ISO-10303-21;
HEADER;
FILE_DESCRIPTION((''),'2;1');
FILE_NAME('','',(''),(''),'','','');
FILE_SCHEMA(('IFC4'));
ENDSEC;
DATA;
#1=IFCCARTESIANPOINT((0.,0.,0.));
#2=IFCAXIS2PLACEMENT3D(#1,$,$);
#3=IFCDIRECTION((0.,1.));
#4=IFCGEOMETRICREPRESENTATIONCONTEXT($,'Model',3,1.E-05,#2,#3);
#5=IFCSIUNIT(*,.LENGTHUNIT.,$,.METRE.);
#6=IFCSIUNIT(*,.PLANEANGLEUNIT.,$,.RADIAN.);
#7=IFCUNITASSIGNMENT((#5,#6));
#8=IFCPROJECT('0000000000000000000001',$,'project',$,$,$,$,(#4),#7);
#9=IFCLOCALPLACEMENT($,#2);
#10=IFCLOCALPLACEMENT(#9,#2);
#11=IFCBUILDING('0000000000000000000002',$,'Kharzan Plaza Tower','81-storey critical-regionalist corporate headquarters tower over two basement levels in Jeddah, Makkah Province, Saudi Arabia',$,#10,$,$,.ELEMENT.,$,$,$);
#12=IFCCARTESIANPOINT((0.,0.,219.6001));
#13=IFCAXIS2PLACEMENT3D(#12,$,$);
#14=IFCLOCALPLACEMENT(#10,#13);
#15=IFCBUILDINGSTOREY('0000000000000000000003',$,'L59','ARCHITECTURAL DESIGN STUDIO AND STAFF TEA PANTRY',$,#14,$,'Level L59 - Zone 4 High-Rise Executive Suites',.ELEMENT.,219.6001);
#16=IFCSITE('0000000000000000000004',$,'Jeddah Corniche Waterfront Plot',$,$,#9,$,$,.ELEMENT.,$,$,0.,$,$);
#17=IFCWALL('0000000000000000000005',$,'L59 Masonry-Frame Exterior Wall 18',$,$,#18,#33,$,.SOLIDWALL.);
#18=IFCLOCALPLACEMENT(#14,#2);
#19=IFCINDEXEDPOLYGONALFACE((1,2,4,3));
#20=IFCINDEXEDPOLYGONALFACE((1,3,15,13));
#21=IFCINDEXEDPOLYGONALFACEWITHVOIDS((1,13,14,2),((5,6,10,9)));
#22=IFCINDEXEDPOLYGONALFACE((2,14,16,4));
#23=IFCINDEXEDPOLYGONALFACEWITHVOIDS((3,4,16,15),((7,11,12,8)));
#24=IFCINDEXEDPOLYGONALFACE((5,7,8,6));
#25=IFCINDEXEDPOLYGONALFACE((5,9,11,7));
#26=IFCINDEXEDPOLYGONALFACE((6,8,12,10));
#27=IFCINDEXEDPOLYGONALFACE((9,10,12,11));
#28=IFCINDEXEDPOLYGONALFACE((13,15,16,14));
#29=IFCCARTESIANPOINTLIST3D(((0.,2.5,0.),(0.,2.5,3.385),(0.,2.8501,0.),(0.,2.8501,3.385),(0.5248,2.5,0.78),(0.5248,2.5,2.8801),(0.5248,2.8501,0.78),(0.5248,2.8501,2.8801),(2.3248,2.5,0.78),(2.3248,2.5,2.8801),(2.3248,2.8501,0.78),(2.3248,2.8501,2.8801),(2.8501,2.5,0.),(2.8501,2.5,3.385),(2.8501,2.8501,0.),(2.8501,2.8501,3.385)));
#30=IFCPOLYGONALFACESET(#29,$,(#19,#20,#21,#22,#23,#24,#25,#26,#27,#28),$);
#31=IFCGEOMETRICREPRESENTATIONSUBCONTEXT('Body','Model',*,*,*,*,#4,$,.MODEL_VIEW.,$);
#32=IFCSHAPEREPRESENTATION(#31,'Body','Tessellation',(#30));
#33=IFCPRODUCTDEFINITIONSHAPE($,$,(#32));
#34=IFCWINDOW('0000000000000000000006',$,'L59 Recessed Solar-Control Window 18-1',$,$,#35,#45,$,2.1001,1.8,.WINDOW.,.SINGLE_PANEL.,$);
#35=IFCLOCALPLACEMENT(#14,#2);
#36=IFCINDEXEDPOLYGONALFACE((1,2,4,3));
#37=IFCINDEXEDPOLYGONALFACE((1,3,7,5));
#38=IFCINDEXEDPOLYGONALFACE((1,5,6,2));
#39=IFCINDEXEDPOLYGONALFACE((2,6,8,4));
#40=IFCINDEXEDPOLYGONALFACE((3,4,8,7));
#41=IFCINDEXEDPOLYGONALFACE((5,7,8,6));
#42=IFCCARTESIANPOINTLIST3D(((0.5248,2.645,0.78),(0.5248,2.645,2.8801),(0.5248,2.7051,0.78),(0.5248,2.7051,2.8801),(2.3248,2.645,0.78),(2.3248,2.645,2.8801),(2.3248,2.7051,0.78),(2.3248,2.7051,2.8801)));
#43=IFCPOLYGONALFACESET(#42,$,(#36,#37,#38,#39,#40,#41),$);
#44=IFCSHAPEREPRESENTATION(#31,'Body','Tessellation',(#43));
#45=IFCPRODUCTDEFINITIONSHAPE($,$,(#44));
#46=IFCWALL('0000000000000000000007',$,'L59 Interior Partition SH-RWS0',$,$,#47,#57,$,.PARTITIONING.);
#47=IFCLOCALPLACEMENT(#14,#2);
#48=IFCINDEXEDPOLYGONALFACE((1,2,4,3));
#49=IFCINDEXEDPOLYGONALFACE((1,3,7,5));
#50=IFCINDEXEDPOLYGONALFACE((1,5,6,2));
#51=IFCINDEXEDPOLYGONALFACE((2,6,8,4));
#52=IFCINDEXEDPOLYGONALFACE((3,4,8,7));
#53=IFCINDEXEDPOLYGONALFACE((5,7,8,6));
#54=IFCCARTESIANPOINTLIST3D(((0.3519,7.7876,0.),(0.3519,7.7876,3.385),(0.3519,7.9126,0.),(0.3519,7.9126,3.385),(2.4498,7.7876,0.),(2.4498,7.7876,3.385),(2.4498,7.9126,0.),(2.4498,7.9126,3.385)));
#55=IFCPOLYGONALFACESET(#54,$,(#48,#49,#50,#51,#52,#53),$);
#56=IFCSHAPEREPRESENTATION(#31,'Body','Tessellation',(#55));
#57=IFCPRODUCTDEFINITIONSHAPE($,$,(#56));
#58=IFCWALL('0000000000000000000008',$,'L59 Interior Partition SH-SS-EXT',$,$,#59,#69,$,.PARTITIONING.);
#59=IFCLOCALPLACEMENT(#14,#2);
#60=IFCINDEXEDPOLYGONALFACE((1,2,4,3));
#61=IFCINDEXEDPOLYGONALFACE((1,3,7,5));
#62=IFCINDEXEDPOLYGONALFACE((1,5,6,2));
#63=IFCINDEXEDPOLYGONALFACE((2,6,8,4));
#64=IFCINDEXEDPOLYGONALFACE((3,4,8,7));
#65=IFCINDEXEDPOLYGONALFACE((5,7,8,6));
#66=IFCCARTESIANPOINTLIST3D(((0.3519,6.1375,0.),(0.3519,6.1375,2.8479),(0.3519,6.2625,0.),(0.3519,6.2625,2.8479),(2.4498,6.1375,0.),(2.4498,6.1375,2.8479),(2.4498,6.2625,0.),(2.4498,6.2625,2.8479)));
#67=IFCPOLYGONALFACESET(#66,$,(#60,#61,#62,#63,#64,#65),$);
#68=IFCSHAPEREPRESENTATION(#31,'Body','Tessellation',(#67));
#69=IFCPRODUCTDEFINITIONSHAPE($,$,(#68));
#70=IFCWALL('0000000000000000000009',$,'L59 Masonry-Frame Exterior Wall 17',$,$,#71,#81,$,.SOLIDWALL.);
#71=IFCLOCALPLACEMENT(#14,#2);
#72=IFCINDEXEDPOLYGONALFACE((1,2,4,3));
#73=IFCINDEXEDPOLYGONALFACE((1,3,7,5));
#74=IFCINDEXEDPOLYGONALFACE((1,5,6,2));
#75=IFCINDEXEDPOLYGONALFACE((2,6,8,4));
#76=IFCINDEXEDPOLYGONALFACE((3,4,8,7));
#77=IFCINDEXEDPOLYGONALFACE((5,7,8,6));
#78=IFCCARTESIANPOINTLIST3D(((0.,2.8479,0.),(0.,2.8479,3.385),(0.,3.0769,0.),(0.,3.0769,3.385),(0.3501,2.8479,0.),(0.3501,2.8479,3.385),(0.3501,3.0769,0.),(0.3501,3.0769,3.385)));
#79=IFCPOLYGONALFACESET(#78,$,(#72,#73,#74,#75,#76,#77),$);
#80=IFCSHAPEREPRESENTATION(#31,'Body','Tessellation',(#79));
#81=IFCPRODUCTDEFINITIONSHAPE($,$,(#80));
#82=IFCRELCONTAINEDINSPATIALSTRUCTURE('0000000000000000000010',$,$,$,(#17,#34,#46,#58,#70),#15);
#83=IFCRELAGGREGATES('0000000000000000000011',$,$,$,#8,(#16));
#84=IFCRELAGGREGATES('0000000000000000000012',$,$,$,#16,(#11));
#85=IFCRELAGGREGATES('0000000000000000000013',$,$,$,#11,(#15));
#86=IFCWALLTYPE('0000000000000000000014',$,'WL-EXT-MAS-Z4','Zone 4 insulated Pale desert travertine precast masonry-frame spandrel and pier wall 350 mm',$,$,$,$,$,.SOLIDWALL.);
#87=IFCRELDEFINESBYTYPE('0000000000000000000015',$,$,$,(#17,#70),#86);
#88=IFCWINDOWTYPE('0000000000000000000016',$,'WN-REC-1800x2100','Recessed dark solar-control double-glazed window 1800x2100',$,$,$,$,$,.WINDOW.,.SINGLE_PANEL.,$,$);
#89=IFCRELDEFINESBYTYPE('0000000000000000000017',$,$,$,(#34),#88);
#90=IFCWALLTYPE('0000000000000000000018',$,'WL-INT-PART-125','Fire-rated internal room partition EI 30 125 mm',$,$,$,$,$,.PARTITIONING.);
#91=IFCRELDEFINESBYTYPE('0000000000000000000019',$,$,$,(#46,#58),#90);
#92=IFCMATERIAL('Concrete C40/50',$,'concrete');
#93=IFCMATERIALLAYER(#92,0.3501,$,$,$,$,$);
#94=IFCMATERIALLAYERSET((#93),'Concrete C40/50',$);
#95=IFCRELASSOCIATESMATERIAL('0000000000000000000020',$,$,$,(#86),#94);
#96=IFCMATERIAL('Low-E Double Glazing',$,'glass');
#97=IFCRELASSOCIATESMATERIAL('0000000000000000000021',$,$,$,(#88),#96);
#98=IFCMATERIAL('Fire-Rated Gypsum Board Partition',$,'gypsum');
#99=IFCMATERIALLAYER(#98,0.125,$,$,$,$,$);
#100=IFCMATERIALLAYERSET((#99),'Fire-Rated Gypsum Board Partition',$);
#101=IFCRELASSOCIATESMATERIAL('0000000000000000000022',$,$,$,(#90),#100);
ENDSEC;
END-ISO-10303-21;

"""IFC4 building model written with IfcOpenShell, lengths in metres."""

from ifc_helpers import new_model, si_unit, direction, frame, frame_2d, origin, place, context, subcontext, project, spatial, rectangle, extrude, source, transform, mapped, material, layer, layer_set, type_object, element, fill, save


model = new_model("IFC4")

# Units and contexts
model_context = context("Model", 3, precision=1e-05, world=origin(), true_north=direction((0.0, 1.0)))
body_context = subcontext(model_context, "Body", "Model", "MODEL_VIEW")
ifc_project = project(units=[si_unit("LENGTHUNIT", "METRE"), si_unit("PLANEANGLEUNIT", "RADIAN")], contexts=[model_context])

# Site, building, storey
site_placement = place(None, origin())
site = spatial("IfcSite", under=ifc_project, at=site_placement, Name="Jeddah Corniche Waterfront Plot", CompositionType="ELEMENT", RefElevation=0.0)
building_placement = place(site_placement, origin())
building = spatial("IfcBuilding", under=site, at=building_placement, Name="Kharzan Plaza Tower", Description="81-storey critical-regionalist corporate headquarters tower over two basement levels in Jeddah, Makkah Province, Saudi Arabia", CompositionType="ELEMENT")
storey_placement = place(building_placement, frame((0.0, 0.0, 219.6001)))
storey = spatial("IfcBuildingStorey", under=building, at=storey_placement, Name="L59", Description="ARCHITECTURAL DESIGN STUDIO AND STAFF TEA PANTRY", LongName="Level L59 - Zone 4 High-Rise Executive Suites", CompositionType="ELEMENT", Elevation=219.6001)

# Shared definitions
ifc_material_1 = material(Name="Concrete C40/50", Category="concrete")

# Wall, opening, window
ifc_layer_1 = layer(ifc_material_1, 0.3501)
ifc_layer_set_1 = layer_set([ifc_layer_1], Name="Concrete C40/50")
wall_type_1 = type_object("IfcWallType", Name="WL-EXT-MAS-Z4", Description="Zone 4 insulated Pale desert travertine precast masonry-frame spandrel and pier wall 350 mm", PredefinedType="SOLIDWALL", material=ifc_layer_set_1)
ifc_material_2 = material(Name="Low-E Double Glazing", Category="glass")
wall_1_placement = place(storey_placement, frame((0.0, 2.675, 0.0), z_axis=(0.0, 0.0, 1.0), x_axis=(1.0, 0.0, 0.0)))
wall_1 = element("IfcWall", 1, at=wall_1_placement, inside=storey, type_object=wall_type_1, Name="L59 Masonry-Frame Exterior Wall 18", PredefinedType="SOLIDWALL", context=body_context, shape_type="SweptSolid", body=[
    extrude(rectangle(XDim=2.8501, YDim=0.3501, at=frame_2d((1.425, 0.0))), origin(), (0.0, 0.0, 1.0), 3.385),
])
opening_1_placement = place(wall_1_placement, frame((0.5249, 0.0, 0.78)))
opening_1 = element("IfcOpeningElement", 2, at=opening_1_placement, cuts=wall_1, PredefinedType="OPENING", context=body_context, shape_type="SweptSolid", body=[
    extrude(rectangle(XDim=1.8, YDim=2.1001, at=frame_2d((0.8999, 1.05))), frame((0.0, 0.1851, 0.0), z_axis=(0.0, -1.0, 0.0), x_axis=(1.0, 0.0, 0.0)), (0.0, 0.0, 1.0), 0.3701),
])
window_type_1 = type_object("IfcWindowType", Name="WN-REC-1800x2100", Description="Recessed dark solar-control double-glazed window 1800x2100", PartitioningType="SINGLE_PANEL", PredefinedType="WINDOW", material=ifc_material_2)
shared_shape_1 = source(origin(), body_context, "Body", "SweptSolid", [
    extrude(rectangle(XDim=1.8, YDim=2.1001, at=frame_2d((0.8999, 1.05))), frame((0.0, 0.03, 0.0), z_axis=(0.0, -1.0, 0.0), x_axis=(1.0, 0.0, 0.0)), (0.0, 0.0, 1.0), 0.0601),
])
window_1_placement = place(opening_1_placement, origin())
window_1 = element("IfcWindow", 3, at=window_1_placement, inside=storey, type_object=window_type_1, Name="L59 Recessed Solar-Control Window 18-1", OverallHeight=2.1001, OverallWidth=1.8, PartitioningType="SINGLE_PANEL", PredefinedType="WINDOW", context=body_context, shape_type="MappedRepresentation", body=[
    mapped(shared_shape_1, transform((0.0, 0.0, 0.0), x_axis=(1.0, 0.0, 0.0), y_axis=(0.0, 1.0, 0.0), z_axis=(0.0, 0.0, 1.0))),
])
fill(opening_1, window_1)

# Shared definitions
ifc_material_3 = material(Name="Fire-Rated Gypsum Board Partition", Category="gypsum")
ifc_layer_2 = layer(ifc_material_3, 0.125)
ifc_layer_set_2 = layer_set([ifc_layer_2], Name="Fire-Rated Gypsum Board Partition")
wall_type_2 = type_object("IfcWallType", Name="WL-INT-PART-125", Description="Fire-rated internal room partition EI 30 125 mm", PredefinedType="PARTITIONING", material=ifc_layer_set_2)

# Walls
shared_shape_2 = source(origin(), body_context, "Body", "SweptSolid", [
    extrude(rectangle(XDim=2.0979, YDim=0.125, at=frame_2d((1.0488, 0.0))), origin(), (0.0, 0.0, 1.0), 3.385),
])
wall_2_placement = place(storey_placement, frame((0.3521, 7.8501, 0.0), z_axis=(0.0, 0.0, 1.0), x_axis=(1.0, 0.0, 0.0)))
element("IfcWall", 4, at=wall_2_placement, inside=storey, type_object=wall_type_2, Name="L59 Interior Partition SH-RWS0", PredefinedType="PARTITIONING", context=body_context, shape_type="MappedRepresentation", body=[
    mapped(shared_shape_2, transform((0.0, 0.0, 0.0), x_axis=(1.0, 0.0, 0.0), y_axis=(0.0, 1.0, 0.0), z_axis=(0.0, 0.0, 1.0))),
])
shared_shape_3 = source(origin(), body_context, "Body", "SweptSolid", [
    extrude(rectangle(XDim=2.0979, YDim=0.125, at=frame_2d((1.0488, 0.0))), origin(), (0.0, 0.0, 1.0), 2.8479),
])
wall_3_placement = place(storey_placement, frame((0.3521, 6.2, 0.0), z_axis=(0.0, 0.0, 1.0), x_axis=(1.0, 0.0, 0.0)))
element("IfcWall", 5, at=wall_3_placement, inside=storey, type_object=wall_type_2, Name="L59 Interior Partition SH-SS-EXT", PredefinedType="PARTITIONING", context=body_context, shape_type="MappedRepresentation", body=[
    mapped(shared_shape_3, transform((0.0, 0.0, 0.0), x_axis=(1.0, 0.0, 0.0), y_axis=(0.0, 1.0, 0.0), z_axis=(0.0, 0.0, 1.0))),
])
shared_shape_4 = source(origin(), body_context, "Body", "SweptSolid", [
    extrude(rectangle(XDim=0.229, YDim=0.3501, at=frame_2d((0.1145, 0.0))), origin(), (0.0, 0.0, 1.0), 3.385),
])
wall_4_placement = place(storey_placement, frame((0.175, 3.0769, 0.0), z_axis=(0.0, 0.0, 1.0), x_axis=(0.0, -1.0, 0.0)))
element("IfcWall", 6, at=wall_4_placement, inside=storey, type_object=wall_type_1, Name="L59 Masonry-Frame Exterior Wall 17", PredefinedType="SOLIDWALL", context=body_context, shape_type="MappedRepresentation", body=[
    mapped(shared_shape_4, transform((0.0, 0.0, 0.0), x_axis=(1.0, 0.0, 0.0), y_axis=(0.0, 1.0, 0.0), z_axis=(0.0, 0.0, 1.0))),
])

save(model, "model.ifc")
